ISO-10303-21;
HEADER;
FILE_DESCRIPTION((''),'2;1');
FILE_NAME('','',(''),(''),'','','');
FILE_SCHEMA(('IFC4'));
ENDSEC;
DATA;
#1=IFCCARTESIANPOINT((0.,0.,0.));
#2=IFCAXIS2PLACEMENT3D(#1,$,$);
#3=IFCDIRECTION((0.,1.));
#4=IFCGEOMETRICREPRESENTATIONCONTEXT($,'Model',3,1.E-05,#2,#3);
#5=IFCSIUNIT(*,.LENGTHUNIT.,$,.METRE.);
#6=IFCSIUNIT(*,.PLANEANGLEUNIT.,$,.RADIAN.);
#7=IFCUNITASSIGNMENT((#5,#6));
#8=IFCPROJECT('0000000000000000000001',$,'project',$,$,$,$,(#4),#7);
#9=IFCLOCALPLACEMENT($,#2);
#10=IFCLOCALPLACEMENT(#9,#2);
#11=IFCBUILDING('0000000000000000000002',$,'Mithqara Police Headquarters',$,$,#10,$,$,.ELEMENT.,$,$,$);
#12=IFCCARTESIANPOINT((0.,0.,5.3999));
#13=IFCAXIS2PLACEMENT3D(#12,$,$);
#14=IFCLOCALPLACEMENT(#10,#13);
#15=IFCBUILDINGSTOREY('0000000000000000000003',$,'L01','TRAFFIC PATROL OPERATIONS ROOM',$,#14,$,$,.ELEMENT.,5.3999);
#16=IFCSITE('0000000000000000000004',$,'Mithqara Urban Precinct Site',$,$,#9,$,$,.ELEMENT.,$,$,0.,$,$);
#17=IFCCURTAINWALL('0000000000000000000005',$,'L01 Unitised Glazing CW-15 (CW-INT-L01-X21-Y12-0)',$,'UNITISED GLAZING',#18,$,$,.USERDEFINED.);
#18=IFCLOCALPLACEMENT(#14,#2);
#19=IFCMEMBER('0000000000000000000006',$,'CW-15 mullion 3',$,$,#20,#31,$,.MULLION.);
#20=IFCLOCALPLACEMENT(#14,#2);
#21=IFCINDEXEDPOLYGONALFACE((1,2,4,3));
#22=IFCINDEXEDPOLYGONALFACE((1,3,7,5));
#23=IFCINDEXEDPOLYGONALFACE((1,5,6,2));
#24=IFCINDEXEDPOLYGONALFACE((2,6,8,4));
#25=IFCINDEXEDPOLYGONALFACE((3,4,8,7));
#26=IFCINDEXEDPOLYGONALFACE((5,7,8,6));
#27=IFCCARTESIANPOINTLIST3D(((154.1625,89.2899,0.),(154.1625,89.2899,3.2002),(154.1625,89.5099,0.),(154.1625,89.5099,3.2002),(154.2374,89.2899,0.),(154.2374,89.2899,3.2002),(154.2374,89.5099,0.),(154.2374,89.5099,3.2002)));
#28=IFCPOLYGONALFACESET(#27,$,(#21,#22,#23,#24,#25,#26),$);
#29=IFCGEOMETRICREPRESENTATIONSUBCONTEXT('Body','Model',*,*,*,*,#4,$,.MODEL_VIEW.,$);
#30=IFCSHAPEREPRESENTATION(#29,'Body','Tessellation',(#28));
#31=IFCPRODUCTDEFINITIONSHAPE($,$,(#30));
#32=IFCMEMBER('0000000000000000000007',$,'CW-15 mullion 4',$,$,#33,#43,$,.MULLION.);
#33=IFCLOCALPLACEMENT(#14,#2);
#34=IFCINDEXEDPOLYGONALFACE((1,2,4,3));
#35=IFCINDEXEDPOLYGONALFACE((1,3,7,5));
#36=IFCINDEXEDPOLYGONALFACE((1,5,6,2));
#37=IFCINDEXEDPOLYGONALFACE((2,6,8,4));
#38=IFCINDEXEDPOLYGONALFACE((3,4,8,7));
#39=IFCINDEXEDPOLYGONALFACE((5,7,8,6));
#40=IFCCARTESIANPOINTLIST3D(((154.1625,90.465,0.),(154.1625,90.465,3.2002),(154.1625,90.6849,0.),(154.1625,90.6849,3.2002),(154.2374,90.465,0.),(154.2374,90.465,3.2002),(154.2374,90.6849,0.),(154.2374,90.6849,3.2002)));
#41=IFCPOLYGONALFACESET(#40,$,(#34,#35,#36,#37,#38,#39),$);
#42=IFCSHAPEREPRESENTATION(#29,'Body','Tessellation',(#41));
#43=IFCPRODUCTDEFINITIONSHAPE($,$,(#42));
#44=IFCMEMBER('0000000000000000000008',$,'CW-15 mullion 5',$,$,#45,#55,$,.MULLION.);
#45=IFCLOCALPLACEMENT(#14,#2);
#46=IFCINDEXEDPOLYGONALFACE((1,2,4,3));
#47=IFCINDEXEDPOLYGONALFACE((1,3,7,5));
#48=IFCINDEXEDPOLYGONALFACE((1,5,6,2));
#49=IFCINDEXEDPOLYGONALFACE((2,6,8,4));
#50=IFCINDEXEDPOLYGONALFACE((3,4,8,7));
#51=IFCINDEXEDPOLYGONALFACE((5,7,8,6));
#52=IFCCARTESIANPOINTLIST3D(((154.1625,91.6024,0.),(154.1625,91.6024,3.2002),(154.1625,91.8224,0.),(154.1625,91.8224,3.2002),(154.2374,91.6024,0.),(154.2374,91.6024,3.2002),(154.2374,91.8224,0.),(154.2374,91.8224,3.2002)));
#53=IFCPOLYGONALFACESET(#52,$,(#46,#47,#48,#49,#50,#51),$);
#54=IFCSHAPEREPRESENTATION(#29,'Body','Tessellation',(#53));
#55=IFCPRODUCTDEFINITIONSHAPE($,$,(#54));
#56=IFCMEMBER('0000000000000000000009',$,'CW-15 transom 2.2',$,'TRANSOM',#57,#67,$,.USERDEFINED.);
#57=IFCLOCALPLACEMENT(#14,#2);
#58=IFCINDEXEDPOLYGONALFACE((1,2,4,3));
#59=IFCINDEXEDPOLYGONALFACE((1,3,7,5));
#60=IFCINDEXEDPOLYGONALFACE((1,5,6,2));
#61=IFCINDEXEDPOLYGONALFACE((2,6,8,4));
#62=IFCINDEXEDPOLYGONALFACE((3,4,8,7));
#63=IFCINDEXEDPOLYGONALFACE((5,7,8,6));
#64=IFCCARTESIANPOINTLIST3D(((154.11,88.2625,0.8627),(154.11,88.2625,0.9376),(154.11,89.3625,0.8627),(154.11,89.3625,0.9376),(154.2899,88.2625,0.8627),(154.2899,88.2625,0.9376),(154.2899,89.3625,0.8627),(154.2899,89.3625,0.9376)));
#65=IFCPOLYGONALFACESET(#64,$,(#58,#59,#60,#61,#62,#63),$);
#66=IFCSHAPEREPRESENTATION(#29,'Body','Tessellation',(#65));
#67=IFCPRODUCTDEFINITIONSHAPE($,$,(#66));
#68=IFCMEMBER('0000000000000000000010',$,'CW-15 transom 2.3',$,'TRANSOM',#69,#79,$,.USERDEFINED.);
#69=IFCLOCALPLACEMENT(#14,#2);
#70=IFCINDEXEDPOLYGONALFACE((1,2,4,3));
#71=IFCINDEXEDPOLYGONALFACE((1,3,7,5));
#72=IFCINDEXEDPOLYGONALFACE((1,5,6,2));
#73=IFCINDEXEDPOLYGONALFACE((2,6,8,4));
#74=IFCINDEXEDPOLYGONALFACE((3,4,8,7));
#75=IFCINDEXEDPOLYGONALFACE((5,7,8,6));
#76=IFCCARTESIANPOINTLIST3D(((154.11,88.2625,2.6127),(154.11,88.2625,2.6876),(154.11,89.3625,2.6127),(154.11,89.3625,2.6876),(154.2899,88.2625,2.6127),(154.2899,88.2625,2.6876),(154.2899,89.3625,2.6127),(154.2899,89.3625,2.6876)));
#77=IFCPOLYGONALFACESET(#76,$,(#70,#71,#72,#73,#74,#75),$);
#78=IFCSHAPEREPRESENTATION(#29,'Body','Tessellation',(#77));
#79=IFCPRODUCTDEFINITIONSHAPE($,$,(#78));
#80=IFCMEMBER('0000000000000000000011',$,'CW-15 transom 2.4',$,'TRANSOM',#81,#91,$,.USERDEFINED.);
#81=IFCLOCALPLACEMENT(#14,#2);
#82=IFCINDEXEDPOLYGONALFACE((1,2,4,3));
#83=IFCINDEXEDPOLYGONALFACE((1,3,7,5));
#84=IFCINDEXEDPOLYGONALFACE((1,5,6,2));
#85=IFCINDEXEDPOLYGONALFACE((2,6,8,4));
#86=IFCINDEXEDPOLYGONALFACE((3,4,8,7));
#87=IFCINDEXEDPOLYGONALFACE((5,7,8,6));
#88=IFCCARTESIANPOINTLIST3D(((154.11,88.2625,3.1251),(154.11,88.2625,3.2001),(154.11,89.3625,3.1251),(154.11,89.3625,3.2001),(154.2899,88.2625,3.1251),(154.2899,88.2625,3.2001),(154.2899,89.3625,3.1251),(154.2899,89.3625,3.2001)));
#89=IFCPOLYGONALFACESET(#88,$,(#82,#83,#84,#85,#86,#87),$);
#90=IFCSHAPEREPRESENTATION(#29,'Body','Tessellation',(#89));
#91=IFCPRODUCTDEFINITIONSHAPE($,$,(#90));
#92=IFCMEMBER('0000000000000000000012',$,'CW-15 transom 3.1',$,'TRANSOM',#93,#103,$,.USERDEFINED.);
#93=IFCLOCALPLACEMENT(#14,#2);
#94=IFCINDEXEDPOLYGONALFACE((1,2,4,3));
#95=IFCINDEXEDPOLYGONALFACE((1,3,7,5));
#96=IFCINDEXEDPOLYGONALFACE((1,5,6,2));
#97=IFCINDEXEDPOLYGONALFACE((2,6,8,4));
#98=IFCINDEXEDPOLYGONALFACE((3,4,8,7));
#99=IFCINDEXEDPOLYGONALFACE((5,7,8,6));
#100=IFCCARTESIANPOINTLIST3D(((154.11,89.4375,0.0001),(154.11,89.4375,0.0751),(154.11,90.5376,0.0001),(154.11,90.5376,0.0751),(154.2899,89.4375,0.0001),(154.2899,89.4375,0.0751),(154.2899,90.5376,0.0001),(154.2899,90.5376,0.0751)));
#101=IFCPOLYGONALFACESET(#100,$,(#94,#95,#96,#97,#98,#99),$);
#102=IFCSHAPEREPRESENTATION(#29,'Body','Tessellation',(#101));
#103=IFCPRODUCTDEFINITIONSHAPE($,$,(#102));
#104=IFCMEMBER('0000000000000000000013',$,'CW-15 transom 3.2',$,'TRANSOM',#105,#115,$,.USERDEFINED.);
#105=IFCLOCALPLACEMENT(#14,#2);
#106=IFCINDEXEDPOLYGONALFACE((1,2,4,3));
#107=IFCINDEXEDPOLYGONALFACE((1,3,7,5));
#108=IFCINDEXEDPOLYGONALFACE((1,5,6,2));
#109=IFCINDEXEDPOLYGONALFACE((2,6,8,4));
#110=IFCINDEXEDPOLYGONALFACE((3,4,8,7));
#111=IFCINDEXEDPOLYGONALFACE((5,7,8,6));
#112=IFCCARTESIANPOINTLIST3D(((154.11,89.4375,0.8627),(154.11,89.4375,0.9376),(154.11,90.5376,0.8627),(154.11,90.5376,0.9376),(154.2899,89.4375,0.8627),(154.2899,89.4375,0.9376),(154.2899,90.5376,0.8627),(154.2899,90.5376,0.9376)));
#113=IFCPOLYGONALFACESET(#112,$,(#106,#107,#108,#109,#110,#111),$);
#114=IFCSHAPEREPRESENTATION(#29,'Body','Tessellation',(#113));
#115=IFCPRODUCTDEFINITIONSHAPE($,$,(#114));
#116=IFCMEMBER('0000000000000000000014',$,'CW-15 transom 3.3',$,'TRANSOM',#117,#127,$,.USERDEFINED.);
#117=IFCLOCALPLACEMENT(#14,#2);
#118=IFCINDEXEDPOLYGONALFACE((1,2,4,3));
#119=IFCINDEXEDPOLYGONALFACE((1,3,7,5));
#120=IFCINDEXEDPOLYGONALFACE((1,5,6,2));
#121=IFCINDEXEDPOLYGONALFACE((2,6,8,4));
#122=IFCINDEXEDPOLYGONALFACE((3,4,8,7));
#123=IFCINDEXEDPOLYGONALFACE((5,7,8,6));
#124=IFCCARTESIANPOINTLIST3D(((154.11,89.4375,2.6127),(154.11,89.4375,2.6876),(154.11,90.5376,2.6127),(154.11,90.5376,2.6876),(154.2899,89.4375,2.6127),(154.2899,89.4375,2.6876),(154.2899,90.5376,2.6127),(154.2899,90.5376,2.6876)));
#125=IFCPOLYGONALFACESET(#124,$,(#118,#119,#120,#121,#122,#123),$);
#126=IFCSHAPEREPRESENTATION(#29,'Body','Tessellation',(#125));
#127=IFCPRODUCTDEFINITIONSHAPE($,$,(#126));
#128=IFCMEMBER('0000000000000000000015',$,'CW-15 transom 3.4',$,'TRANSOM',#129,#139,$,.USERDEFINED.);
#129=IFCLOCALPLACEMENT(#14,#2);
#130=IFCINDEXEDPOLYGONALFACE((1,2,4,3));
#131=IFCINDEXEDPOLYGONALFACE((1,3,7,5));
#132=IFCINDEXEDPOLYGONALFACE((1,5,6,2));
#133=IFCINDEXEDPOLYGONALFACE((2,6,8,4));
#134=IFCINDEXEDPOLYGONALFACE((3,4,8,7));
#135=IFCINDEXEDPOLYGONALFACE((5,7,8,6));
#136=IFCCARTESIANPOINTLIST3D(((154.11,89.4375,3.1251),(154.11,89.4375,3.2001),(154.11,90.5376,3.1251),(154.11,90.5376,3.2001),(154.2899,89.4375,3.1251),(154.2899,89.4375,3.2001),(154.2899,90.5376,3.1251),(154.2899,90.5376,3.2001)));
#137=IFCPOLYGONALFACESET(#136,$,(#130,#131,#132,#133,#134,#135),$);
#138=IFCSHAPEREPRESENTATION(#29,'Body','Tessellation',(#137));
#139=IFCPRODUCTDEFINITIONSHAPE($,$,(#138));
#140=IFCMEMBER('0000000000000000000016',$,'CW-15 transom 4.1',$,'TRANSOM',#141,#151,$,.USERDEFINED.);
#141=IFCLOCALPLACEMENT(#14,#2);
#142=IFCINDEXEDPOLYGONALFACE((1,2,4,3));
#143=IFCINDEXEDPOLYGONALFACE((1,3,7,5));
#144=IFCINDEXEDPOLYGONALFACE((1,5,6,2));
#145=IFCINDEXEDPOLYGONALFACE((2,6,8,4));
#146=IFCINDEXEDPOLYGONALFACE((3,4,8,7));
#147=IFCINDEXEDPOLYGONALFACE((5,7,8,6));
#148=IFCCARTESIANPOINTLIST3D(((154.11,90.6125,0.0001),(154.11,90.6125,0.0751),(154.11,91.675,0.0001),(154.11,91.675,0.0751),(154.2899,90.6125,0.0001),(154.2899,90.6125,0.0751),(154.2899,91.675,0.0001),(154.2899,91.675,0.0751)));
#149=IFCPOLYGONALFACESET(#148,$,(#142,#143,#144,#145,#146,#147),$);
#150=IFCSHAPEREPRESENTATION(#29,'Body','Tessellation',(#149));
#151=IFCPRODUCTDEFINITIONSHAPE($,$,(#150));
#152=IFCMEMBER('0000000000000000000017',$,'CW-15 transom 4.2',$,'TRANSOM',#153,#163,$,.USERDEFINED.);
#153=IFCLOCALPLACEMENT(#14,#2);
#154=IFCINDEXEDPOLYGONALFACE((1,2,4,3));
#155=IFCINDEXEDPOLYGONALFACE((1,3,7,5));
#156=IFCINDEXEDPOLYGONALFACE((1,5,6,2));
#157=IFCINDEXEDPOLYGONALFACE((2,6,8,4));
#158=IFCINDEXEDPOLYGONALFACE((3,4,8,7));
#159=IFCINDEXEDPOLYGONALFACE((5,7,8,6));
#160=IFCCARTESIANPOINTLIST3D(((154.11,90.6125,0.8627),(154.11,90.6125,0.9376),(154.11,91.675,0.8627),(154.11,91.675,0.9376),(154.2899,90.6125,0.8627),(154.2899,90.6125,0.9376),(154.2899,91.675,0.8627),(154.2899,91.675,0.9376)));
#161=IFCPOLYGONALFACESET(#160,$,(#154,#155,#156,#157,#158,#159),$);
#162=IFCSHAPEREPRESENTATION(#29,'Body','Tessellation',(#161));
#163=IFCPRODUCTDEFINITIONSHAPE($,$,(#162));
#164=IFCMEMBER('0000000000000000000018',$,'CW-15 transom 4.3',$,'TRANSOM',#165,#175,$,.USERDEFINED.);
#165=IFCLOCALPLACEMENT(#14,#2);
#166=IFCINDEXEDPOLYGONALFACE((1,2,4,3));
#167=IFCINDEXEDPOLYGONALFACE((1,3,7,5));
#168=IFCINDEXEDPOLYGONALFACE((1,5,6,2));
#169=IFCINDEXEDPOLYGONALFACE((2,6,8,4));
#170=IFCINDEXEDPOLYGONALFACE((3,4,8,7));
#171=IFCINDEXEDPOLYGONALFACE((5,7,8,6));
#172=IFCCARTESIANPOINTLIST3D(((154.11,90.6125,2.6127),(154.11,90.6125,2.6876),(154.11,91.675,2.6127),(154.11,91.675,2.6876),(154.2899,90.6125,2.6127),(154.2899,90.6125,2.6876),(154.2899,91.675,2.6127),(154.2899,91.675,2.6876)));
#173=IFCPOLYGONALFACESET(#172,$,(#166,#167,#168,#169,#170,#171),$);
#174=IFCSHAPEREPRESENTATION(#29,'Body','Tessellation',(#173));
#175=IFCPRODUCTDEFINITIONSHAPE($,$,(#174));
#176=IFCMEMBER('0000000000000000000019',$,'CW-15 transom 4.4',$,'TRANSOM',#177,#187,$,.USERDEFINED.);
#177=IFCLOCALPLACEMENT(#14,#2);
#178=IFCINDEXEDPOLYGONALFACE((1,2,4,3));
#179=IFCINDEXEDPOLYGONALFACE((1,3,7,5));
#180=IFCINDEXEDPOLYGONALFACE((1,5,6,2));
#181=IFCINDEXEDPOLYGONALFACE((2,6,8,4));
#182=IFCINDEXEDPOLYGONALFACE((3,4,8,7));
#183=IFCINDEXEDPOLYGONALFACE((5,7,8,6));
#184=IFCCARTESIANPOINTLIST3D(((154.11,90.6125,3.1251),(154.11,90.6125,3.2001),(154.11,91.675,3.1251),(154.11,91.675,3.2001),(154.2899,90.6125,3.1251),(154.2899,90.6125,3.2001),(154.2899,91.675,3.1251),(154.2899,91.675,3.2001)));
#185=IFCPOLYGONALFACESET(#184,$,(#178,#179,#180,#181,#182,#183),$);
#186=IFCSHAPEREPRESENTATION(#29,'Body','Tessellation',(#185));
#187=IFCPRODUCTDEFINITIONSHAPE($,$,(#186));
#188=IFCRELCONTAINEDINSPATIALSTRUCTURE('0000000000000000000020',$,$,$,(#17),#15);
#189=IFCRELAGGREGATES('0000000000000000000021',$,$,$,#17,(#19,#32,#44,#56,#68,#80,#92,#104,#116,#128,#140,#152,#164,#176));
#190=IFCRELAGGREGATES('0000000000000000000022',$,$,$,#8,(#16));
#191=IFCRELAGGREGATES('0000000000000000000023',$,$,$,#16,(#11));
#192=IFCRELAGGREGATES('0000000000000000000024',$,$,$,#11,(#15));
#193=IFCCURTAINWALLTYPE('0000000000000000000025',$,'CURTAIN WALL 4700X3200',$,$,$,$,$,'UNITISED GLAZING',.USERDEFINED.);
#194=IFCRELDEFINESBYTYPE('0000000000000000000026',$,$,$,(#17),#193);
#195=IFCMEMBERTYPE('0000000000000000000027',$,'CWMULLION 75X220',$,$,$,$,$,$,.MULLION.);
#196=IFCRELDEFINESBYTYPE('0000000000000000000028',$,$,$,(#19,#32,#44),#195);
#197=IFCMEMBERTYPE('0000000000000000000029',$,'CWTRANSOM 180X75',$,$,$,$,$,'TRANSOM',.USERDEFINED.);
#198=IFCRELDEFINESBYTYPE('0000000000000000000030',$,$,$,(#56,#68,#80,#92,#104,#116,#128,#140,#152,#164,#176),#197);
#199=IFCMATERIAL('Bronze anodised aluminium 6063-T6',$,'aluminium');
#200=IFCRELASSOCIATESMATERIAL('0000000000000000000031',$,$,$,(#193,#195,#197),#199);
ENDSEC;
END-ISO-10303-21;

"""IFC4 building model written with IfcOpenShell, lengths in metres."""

from ifc_helpers import new_model, si_unit, direction, frame, origin, origin_2d, place, context, subcontext, project, spatial, rectangle, extrude, material, material_profile, profile_set, type_object, element, aggregate, save


model = new_model("IFC4")

# Units and contexts
model_context = context("Model", 3, precision=1e-05, world=origin(), true_north=direction((0.0, 1.0)))
body_context = subcontext(model_context, "Body", "Model", "MODEL_VIEW")
ifc_project = project(units=[si_unit("LENGTHUNIT", "METRE"), si_unit("PLANEANGLEUNIT", "RADIAN")], contexts=[model_context])

# Site, building, storey
site_placement = place(None, origin())
site = spatial("IfcSite", under=ifc_project, at=site_placement, Name="Mithqara Urban Precinct Site", CompositionType="ELEMENT", RefElevation=0.0)
building_placement = place(site_placement, origin())
building = spatial("IfcBuilding", under=site, at=building_placement, Name="Mithqara Police Headquarters", CompositionType="ELEMENT")
storey_placement = place(building_placement, frame((0.0, 0.0, 5.3999)))
storey = spatial("IfcBuildingStorey", under=building, at=storey_placement, Name="L01", Description="TRAFFIC PATROL OPERATIONS ROOM", CompositionType="ELEMENT", Elevation=5.3999)

# Curtain wall, members
ifc_material_1 = material(Name="Bronze anodised aluminium 6063-T6", Category="aluminium")
curtain_wall_type = type_object("IfcCurtainWallType", Name="CURTAIN WALL 4700X3200", ElementType="UNITISED GLAZING", PredefinedType="USERDEFINED", material=ifc_material_1)
curtain_wall_placement = place(storey_placement, origin())
curtain_wall = element("IfcCurtainWall", 1, at=curtain_wall_placement, inside=storey, type_object=curtain_wall_type, Name="L01 Unitised Glazing CW-15 (CW-INT-L01-X21-Y12-0)", ObjectType="UNITISED GLAZING", PredefinedType="USERDEFINED")
ifc_material_profile_1 = material_profile(ifc_material_1, rectangle(XDim=0.075, YDim=0.22, at=origin_2d()), Name="CWM 75x220")
ifc_profile_set_1 = profile_set([ifc_material_profile_1], Name="Bronze anodised aluminium 6063-T6")
member_type_1 = type_object("IfcMemberType", Name="CWMULLION 75X220", PredefinedType="MULLION", material=ifc_profile_set_1)
member_1_placement = place(storey_placement, frame((154.2, 89.3999, 0.0), z_axis=(0.0, 0.0, 1.0), x_axis=(-1.0, 0.0, 0.0)))
member_1 = element("IfcMember", 2, at=member_1_placement, type_object=member_type_1, Name="CW-15 mullion 3", PredefinedType="MULLION", context=body_context, shape_type="SweptSolid", body=[
    extrude(rectangle(XDim=0.075, YDim=0.22, at=origin_2d()), origin(), (0.0, 0.0, 1.0), 3.2002),
])
member_2_placement = place(storey_placement, frame((154.2, 90.575, 0.0), z_axis=(0.0, 0.0, 1.0), x_axis=(-1.0, 0.0, 0.0)))
member_2 = element("IfcMember", 3, at=member_2_placement, type_object=member_type_1, Name="CW-15 mullion 4", PredefinedType="MULLION", context=body_context, shape_type="SweptSolid", body=[
    extrude(rectangle(XDim=0.075, YDim=0.22, at=origin_2d()), origin(), (0.0, 0.0, 1.0), 3.2002),
])
member_3_placement = place(storey_placement, frame((154.2, 91.7124, 0.0), z_axis=(0.0, 0.0, 1.0), x_axis=(-1.0, 0.0, 0.0)))
member_3 = element("IfcMember", 4, at=member_3_placement, type_object=member_type_1, Name="CW-15 mullion 5", PredefinedType="MULLION", context=body_context, shape_type="SweptSolid", body=[
    extrude(rectangle(XDim=0.075, YDim=0.22, at=origin_2d()), origin(), (0.0, 0.0, 1.0), 3.2002),
])
ifc_material_profile_2 = material_profile(ifc_material_1, rectangle(XDim=0.1799, YDim=0.075, at=origin_2d()), Name="CWT 180x75")
ifc_profile_set_2 = profile_set([ifc_material_profile_2], Name="Bronze anodised aluminium 6063-T6")
member_type_2 = type_object("IfcMemberType", Name="CWTRANSOM 180X75", ElementType="TRANSOM", PredefinedType="USERDEFINED", material=ifc_profile_set_2)
member_4_placement = place(storey_placement, frame((154.2, 88.2625, 0.9001), z_axis=(0.0, 1.0, 0.0), x_axis=(-1.0, 0.0, 0.0)))
member_4 = element("IfcMember", 5, at=member_4_placement, type_object=member_type_2, Name="CW-15 transom 2.2", ObjectType="TRANSOM", PredefinedType="USERDEFINED", context=body_context, shape_type="SweptSolid", body=[
    extrude(rectangle(XDim=0.1799, YDim=0.075, at=origin_2d()), origin(), (0.0, 0.0, 1.0), 1.1001),
])
member_5_placement = place(storey_placement, frame((154.2, 88.2625, 2.6501), z_axis=(0.0, 1.0, 0.0), x_axis=(-1.0, 0.0, 0.0)))
member_5 = element("IfcMember", 6, at=member_5_placement, type_object=member_type_2, Name="CW-15 transom 2.3", ObjectType="TRANSOM", PredefinedType="USERDEFINED", context=body_context, shape_type="SweptSolid", body=[
    extrude(rectangle(XDim=0.1799, YDim=0.075, at=origin_2d()), origin(), (0.0, 0.0, 1.0), 1.1001),
])
member_6_placement = place(storey_placement, frame((154.2, 88.2625, 3.1626), z_axis=(0.0, 1.0, 0.0), x_axis=(-1.0, 0.0, 0.0)))
member_6 = element("IfcMember", 7, at=member_6_placement, type_object=member_type_2, Name="CW-15 transom 2.4", ObjectType="TRANSOM", PredefinedType="USERDEFINED", context=body_context, shape_type="SweptSolid", body=[
    extrude(rectangle(XDim=0.1799, YDim=0.075, at=origin_2d()), origin(), (0.0, 0.0, 1.0), 1.1001),
])
member_7_placement = place(storey_placement, frame((154.2, 89.4375, 0.0376), z_axis=(0.0, 1.0, 0.0), x_axis=(-1.0, 0.0, 0.0)))
member_7 = element("IfcMember", 8, at=member_7_placement, type_object=member_type_2, Name="CW-15 transom 3.1", ObjectType="TRANSOM", PredefinedType="USERDEFINED", context=body_context, shape_type="SweptSolid", body=[
    extrude(rectangle(XDim=0.1799, YDim=0.075, at=origin_2d()), origin(), (0.0, 0.0, 1.0), 1.1001),
])
member_8_placement = place(storey_placement, frame((154.2, 89.4375, 0.9001), z_axis=(0.0, 1.0, 0.0), x_axis=(-1.0, 0.0, 0.0)))
member_8 = element("IfcMember", 9, at=member_8_placement, type_object=member_type_2, Name="CW-15 transom 3.2", ObjectType="TRANSOM", PredefinedType="USERDEFINED", context=body_context, shape_type="SweptSolid", body=[
    extrude(rectangle(XDim=0.1799, YDim=0.075, at=origin_2d()), origin(), (0.0, 0.0, 1.0), 1.1001),
])
member_9_placement = place(storey_placement, frame((154.2, 89.4375, 2.6501), z_axis=(0.0, 1.0, 0.0), x_axis=(-1.0, 0.0, 0.0)))
member_9 = element("IfcMember", 10, at=member_9_placement, type_object=member_type_2, Name="CW-15 transom 3.3", ObjectType="TRANSOM", PredefinedType="USERDEFINED", context=body_context, shape_type="SweptSolid", body=[
    extrude(rectangle(XDim=0.1799, YDim=0.075, at=origin_2d()), origin(), (0.0, 0.0, 1.0), 1.1001),
])
member_10_placement = place(storey_placement, frame((154.2, 89.4375, 3.1626), z_axis=(0.0, 1.0, 0.0), x_axis=(-1.0, 0.0, 0.0)))
member_10 = element("IfcMember", 11, at=member_10_placement, type_object=member_type_2, Name="CW-15 transom 3.4", ObjectType="TRANSOM", PredefinedType="USERDEFINED", context=body_context, shape_type="SweptSolid", body=[
    extrude(rectangle(XDim=0.1799, YDim=0.075, at=origin_2d()), origin(), (0.0, 0.0, 1.0), 1.1001),
])
member_11_placement = place(storey_placement, frame((154.2, 90.6125, 0.0376), z_axis=(0.0, 1.0, 0.0), x_axis=(-1.0, 0.0, 0.0)))
member_11 = element("IfcMember", 12, at=member_11_placement, type_object=member_type_2, Name="CW-15 transom 4.1", ObjectType="TRANSOM", PredefinedType="USERDEFINED", context=body_context, shape_type="SweptSolid", body=[
    extrude(rectangle(XDim=0.1799, YDim=0.075, at=origin_2d()), origin(), (0.0, 0.0, 1.0), 1.0625),
])
member_12_placement = place(storey_placement, frame((154.2, 90.6125, 0.9001), z_axis=(0.0, 1.0, 0.0), x_axis=(-1.0, 0.0, 0.0)))
member_12 = element("IfcMember", 13, at=member_12_placement, type_object=member_type_2, Name="CW-15 transom 4.2", ObjectType="TRANSOM", PredefinedType="USERDEFINED", context=body_context, shape_type="SweptSolid", body=[
    extrude(rectangle(XDim=0.1799, YDim=0.075, at=origin_2d()), origin(), (0.0, 0.0, 1.0), 1.0625),
])
member_13_placement = place(storey_placement, frame((154.2, 90.6125, 2.6501), z_axis=(0.0, 1.0, 0.0), x_axis=(-1.0, 0.0, 0.0)))
member_13 = element("IfcMember", 14, at=member_13_placement, type_object=member_type_2, Name="CW-15 transom 4.3", ObjectType="TRANSOM", PredefinedType="USERDEFINED", context=body_context, shape_type="SweptSolid", body=[
    extrude(rectangle(XDim=0.1799, YDim=0.075, at=origin_2d()), origin(), (0.0, 0.0, 1.0), 1.0625),
])
member_14_placement = place(storey_placement, frame((154.2, 90.6125, 3.1626), z_axis=(0.0, 1.0, 0.0), x_axis=(-1.0, 0.0, 0.0)))
member_14 = element("IfcMember", 15, at=member_14_placement, type_object=member_type_2, Name="CW-15 transom 4.4", ObjectType="TRANSOM", PredefinedType="USERDEFINED", context=body_context, shape_type="SweptSolid", body=[
    extrude(rectangle(XDim=0.1799, YDim=0.075, at=origin_2d()), origin(), (0.0, 0.0, 1.0), 1.0625),
])
aggregate(curtain_wall, [member_1, member_2, member_3, member_4, member_5, member_6, member_7, member_8, member_9, member_10, member_11, member_12, member_13, member_14])

save(model, "model.ifc")
